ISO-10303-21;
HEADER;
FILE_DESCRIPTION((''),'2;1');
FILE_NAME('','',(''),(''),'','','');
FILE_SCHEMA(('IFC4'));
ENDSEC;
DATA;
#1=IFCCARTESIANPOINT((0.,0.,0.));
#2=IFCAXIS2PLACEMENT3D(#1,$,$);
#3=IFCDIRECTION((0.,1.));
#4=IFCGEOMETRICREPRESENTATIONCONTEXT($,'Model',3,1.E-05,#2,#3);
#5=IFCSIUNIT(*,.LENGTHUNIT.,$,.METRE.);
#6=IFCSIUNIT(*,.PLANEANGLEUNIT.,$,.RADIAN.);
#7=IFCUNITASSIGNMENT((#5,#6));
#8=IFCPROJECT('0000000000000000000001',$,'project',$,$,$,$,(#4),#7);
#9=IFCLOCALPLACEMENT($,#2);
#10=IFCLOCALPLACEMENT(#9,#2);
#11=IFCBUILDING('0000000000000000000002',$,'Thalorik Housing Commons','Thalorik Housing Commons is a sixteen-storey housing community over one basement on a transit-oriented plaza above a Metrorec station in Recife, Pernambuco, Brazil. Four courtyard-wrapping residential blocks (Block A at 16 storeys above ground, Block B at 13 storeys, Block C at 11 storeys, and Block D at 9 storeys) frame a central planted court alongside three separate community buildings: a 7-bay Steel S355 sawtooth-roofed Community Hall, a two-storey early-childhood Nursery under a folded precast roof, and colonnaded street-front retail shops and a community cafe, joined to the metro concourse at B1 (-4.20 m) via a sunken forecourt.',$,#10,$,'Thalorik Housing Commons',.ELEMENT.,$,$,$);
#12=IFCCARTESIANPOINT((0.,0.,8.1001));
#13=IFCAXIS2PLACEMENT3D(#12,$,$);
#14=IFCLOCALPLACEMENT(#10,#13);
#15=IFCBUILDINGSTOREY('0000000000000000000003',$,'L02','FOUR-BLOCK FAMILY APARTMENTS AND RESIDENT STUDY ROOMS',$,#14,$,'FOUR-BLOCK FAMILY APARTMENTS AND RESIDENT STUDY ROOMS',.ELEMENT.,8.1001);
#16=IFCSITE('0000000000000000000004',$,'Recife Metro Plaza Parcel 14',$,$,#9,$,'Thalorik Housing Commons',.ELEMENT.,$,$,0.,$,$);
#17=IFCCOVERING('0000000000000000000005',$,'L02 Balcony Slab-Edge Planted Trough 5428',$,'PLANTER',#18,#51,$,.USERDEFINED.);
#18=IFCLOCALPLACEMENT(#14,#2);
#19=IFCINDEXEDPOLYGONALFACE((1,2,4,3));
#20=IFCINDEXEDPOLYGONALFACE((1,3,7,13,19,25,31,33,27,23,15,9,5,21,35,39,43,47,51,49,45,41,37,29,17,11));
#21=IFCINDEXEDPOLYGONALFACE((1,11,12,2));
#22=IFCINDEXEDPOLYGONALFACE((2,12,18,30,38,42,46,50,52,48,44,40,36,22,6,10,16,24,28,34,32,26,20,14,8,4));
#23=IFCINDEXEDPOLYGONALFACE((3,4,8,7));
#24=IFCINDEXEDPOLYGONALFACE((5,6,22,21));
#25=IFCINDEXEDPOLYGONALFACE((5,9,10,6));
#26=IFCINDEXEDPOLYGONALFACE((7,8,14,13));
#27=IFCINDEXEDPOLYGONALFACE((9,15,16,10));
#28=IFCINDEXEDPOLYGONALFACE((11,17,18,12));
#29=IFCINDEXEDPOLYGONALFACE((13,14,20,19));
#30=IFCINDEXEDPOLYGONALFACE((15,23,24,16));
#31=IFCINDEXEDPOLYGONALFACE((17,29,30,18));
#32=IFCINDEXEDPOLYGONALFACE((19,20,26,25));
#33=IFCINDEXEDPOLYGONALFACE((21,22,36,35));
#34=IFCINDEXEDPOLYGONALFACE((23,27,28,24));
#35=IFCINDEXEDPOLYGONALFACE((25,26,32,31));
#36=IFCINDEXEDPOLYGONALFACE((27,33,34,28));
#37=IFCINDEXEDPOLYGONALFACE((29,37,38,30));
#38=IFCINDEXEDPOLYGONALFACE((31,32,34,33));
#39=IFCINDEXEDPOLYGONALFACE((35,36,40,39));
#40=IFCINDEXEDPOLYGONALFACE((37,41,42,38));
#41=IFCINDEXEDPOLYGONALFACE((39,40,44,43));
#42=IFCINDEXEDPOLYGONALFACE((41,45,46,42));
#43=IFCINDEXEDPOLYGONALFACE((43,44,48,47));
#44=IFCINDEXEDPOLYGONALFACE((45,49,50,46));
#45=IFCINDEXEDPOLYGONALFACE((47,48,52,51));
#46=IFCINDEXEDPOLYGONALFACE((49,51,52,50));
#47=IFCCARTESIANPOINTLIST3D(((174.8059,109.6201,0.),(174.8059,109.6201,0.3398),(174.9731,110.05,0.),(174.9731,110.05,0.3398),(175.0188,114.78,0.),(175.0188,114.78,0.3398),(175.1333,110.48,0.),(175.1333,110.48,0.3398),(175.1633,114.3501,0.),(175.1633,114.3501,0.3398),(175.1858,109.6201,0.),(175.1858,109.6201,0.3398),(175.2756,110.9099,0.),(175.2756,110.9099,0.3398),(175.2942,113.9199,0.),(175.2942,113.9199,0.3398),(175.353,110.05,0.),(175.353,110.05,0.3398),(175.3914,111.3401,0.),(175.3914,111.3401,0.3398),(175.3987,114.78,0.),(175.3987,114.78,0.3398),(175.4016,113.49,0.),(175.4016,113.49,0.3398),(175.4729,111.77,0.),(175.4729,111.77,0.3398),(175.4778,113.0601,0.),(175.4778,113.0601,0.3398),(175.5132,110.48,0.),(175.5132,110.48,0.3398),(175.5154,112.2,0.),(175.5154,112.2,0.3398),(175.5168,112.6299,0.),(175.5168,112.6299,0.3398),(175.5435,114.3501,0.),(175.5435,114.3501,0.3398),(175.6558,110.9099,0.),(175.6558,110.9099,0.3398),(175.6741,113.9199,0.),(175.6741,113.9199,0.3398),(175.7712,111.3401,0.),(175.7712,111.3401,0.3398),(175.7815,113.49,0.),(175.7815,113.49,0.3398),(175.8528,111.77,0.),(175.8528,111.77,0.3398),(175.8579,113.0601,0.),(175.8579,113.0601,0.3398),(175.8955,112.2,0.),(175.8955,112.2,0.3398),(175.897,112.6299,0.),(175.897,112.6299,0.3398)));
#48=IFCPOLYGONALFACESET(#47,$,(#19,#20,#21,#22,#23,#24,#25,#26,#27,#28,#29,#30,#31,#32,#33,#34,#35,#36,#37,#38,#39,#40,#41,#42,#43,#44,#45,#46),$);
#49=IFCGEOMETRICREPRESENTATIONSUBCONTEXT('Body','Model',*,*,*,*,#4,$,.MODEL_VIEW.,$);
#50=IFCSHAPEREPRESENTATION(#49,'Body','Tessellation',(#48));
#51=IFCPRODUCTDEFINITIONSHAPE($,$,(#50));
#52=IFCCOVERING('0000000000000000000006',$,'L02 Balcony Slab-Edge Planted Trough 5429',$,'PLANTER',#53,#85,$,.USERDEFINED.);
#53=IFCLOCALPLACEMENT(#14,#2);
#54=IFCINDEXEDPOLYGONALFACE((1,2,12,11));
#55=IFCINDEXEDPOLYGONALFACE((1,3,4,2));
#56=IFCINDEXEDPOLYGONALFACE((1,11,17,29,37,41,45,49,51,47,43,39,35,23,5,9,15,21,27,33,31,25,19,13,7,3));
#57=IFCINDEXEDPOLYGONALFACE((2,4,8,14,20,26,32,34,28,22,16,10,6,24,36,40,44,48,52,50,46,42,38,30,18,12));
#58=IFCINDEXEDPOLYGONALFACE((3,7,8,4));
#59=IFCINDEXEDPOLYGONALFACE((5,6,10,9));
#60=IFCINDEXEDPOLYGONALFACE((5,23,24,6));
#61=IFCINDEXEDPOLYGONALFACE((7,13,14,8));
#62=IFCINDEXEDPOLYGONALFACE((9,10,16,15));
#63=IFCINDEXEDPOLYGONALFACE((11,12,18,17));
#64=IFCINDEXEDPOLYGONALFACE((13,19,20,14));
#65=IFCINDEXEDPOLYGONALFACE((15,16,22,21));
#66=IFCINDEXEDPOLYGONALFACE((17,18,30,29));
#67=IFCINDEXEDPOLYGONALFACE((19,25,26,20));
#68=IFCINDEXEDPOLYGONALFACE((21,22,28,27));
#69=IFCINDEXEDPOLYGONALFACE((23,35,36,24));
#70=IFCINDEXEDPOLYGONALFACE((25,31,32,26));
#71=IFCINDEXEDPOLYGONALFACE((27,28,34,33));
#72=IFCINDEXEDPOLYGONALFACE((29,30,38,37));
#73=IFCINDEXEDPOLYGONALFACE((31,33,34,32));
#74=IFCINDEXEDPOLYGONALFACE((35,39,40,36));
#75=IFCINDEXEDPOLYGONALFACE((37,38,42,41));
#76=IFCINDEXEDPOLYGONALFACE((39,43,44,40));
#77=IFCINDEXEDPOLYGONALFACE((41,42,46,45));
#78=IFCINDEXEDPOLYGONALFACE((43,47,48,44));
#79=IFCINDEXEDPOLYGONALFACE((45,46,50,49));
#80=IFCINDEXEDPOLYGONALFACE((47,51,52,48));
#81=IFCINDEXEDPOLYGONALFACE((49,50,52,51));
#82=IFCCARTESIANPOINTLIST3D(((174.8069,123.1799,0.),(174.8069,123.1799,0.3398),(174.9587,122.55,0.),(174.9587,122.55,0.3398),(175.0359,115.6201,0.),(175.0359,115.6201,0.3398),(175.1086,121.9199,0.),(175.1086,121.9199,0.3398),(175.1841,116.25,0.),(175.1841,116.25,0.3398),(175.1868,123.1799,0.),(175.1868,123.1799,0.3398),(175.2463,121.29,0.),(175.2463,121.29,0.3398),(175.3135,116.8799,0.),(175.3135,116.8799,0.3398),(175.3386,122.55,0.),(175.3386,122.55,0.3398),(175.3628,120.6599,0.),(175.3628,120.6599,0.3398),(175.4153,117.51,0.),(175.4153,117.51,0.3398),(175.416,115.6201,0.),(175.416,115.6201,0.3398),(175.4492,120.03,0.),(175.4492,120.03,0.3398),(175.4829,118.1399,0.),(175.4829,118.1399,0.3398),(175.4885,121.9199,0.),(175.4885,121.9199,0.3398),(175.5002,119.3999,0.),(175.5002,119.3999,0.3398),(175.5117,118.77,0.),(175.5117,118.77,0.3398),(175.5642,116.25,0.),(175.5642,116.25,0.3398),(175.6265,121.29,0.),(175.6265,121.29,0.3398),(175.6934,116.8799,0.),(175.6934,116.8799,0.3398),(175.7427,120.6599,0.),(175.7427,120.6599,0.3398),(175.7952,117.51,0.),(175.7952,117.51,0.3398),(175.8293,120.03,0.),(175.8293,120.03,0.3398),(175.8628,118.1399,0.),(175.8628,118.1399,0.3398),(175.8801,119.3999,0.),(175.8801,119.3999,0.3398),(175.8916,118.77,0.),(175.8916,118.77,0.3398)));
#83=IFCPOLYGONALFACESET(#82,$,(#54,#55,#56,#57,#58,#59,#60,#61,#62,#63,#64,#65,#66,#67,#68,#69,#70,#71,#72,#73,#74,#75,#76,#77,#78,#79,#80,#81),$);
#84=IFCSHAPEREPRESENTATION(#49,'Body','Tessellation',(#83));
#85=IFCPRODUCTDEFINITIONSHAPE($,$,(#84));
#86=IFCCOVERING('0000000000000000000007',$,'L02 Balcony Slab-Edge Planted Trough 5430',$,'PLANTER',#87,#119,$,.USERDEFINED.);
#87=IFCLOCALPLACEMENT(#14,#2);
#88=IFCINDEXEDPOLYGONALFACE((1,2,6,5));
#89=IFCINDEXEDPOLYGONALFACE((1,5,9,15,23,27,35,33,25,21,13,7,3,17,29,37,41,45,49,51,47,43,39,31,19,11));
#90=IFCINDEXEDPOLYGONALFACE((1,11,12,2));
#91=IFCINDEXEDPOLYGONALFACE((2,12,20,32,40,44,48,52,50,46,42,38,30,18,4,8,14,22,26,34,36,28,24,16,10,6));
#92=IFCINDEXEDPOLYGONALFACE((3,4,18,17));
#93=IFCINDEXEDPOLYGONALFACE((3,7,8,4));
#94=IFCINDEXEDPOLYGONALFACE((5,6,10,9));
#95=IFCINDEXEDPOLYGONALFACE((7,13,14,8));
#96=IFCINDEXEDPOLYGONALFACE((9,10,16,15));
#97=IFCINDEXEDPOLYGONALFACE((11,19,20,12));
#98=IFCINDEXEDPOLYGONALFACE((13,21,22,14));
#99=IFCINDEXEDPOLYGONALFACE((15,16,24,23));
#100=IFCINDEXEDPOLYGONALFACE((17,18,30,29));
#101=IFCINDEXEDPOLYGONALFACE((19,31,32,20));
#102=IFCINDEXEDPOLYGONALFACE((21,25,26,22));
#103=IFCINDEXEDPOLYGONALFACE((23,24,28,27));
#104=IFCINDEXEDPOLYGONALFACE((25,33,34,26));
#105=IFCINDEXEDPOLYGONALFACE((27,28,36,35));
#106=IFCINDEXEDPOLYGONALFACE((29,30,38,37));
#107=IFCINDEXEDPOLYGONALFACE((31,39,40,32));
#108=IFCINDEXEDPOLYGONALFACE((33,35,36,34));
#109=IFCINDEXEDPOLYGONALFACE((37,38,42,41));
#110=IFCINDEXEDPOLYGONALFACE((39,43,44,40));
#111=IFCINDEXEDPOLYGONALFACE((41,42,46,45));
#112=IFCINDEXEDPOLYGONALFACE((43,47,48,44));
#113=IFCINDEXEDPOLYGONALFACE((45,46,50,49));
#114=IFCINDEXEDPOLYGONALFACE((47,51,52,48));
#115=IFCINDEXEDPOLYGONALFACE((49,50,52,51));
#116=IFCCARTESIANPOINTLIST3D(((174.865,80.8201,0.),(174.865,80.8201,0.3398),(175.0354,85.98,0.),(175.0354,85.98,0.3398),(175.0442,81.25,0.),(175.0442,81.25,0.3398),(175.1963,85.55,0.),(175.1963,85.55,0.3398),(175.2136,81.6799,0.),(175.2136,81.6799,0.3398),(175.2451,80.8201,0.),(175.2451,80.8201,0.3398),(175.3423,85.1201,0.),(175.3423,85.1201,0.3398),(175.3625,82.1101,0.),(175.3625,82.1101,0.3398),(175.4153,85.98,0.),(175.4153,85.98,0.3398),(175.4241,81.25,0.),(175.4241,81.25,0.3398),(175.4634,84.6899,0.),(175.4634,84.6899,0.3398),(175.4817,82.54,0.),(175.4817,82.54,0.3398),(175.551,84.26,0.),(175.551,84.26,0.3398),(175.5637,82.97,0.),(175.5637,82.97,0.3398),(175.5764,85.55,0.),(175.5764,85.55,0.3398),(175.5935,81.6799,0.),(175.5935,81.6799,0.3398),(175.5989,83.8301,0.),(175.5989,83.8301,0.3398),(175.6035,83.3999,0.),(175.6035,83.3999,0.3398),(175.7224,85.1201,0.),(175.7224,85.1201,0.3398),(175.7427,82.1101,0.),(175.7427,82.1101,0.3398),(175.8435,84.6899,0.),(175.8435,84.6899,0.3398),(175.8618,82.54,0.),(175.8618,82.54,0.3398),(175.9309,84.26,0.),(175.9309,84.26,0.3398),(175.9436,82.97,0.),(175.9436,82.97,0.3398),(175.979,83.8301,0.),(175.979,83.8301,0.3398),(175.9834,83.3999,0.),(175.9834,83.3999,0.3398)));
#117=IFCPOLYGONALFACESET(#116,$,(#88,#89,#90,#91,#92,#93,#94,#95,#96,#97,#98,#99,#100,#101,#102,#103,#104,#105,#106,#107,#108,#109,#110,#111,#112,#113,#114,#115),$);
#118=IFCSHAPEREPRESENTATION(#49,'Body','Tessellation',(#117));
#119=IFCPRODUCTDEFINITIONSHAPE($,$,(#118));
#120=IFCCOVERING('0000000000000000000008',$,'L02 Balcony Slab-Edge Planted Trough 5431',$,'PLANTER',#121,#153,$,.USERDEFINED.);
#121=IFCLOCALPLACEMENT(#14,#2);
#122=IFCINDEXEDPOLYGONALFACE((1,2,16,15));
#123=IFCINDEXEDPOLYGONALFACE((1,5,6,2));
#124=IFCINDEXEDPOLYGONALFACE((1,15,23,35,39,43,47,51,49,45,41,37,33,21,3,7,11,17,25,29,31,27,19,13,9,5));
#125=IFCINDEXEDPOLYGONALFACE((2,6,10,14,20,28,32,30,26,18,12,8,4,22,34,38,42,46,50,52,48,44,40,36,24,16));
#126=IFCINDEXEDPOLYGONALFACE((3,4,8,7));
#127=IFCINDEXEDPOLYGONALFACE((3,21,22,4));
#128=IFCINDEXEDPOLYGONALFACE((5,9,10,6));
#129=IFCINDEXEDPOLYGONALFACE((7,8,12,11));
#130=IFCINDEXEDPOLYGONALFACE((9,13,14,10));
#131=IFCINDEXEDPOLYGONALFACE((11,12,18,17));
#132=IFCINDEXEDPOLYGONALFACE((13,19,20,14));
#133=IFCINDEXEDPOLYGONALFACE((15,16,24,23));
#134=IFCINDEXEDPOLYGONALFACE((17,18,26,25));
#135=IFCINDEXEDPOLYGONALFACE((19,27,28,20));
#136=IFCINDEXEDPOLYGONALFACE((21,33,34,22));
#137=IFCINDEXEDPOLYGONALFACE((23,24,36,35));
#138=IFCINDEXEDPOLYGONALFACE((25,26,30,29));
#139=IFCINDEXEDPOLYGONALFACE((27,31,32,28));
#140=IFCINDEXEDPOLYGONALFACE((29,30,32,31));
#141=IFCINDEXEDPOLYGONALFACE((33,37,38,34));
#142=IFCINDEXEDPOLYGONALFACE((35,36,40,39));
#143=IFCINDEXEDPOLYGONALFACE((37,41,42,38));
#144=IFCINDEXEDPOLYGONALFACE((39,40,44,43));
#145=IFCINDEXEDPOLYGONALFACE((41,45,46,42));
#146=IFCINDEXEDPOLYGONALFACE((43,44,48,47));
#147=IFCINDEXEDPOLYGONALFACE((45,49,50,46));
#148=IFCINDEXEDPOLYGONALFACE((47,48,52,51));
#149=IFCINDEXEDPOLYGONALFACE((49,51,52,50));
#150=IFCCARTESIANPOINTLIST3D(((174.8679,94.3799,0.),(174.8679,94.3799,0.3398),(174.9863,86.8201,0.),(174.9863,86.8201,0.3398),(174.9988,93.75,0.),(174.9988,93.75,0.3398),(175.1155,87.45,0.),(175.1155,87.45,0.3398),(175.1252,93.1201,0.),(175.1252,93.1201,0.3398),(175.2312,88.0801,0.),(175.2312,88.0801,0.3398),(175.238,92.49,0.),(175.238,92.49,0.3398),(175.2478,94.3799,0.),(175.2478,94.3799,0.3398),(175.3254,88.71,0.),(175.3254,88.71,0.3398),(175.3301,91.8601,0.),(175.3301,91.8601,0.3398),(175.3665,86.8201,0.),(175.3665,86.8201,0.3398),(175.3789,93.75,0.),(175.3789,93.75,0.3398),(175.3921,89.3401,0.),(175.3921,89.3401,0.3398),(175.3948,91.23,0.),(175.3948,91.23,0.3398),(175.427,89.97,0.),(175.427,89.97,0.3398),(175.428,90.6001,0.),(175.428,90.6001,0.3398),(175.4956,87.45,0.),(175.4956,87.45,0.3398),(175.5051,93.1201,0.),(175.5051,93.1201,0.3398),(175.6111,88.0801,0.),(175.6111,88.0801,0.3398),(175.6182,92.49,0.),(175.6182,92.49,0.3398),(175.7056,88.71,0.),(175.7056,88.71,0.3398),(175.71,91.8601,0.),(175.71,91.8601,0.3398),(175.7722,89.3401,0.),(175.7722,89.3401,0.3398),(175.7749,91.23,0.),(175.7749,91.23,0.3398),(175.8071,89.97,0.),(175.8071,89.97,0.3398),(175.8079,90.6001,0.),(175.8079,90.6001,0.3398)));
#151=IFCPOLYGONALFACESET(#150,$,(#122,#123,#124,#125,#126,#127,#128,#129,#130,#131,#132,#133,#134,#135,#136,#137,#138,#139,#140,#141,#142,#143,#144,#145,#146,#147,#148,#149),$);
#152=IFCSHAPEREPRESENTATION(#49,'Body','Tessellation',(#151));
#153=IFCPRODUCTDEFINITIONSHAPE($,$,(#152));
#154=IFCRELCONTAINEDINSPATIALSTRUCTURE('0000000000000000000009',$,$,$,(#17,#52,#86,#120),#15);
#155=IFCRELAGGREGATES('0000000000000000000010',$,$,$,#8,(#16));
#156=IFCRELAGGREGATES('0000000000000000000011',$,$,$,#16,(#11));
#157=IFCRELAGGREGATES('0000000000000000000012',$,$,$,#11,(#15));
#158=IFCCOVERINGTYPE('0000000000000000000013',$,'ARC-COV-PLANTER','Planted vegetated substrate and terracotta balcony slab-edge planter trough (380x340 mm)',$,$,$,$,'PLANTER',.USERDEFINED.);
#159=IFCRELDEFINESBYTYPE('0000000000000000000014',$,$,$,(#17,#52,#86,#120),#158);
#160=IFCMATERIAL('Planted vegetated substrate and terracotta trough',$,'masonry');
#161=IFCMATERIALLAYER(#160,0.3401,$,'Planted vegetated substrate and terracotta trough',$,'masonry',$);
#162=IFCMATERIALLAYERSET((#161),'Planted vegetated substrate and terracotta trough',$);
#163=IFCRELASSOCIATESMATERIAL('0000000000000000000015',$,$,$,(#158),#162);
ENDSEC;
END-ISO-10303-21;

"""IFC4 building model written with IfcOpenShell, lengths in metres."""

from ifc_helpers import new_model, si_unit, direction, frame, origin, place, context, subcontext, project, spatial, polyline, outline, extrude, material, layer, layer_set, type_object, element, save


model = new_model("IFC4")

# Units and contexts
model_context = context("Model", 3, precision=1e-05, world=origin(), true_north=direction((0.0, 1.0)))
body_context = subcontext(model_context, "Body", "Model", "MODEL_VIEW")
ifc_project = project(units=[si_unit("LENGTHUNIT", "METRE"), si_unit("PLANEANGLEUNIT", "RADIAN")], contexts=[model_context])

# Site, building, storey
site_placement = place(None, origin())
site = spatial("IfcSite", under=ifc_project, at=site_placement, Name="Recife Metro Plaza Parcel 14", LongName="Thalorik Housing Commons", CompositionType="ELEMENT", RefElevation=0.0)
building_placement = place(site_placement, origin())
building = spatial("IfcBuilding", under=site, at=building_placement, Name="Thalorik Housing Commons", Description="Thalorik Housing Commons is a sixteen-storey housing community over one basement on a transit-oriented plaza above a Metrorec station in Recife, Pernambuco, Brazil. Four courtyard-wrapping residential blocks (Block A at 16 storeys above ground, Block B at 13 storeys, Block C at 11 storeys, and Block D at 9 storeys) frame a central planted court alongside three separate community buildings: a 7-bay Steel S355 sawtooth-roofed Community Hall, a two-storey early-childhood Nursery under a folded precast roof, and colonnaded street-front retail shops and a community cafe, joined to the metro concourse at B1 (-4.20 m) via a sunken forecourt.", LongName="Thalorik Housing Commons", CompositionType="ELEMENT")
storey_placement = place(building_placement, frame((0.0, 0.0, 8.1001)))
storey = spatial("IfcBuildingStorey", under=building, at=storey_placement, Name="L02", Description="FOUR-BLOCK FAMILY APARTMENTS AND RESIDENT STUDY ROOMS", LongName="FOUR-BLOCK FAMILY APARTMENTS AND RESIDENT STUDY ROOMS", CompositionType="ELEMENT", Elevation=8.1001)

# Coverings
ifc_material_1 = material(Name="Planted vegetated substrate and terracotta trough", Category="masonry")
ifc_layer_1 = layer(ifc_material_1, 0.3401, Name="Planted vegetated substrate and terracotta trough", Category="masonry")
ifc_layer_set_1 = layer_set([ifc_layer_1], Name="Planted vegetated substrate and terracotta trough")
covering_type_1 = type_object("IfcCoveringType", Name="ARC-COV-PLANTER", Description="Planted vegetated substrate and terracotta balcony slab-edge planter trough (380x340 mm)", ElementType="PLANTER", PredefinedType="USERDEFINED", material=ifc_layer_set_1)
covering_1_placement = place(storey_placement, origin())
element("IfcCovering", 1, at=covering_1_placement, inside=storey, type_object=covering_type_1, Name="L02 Balcony Slab-Edge Planted Trough 5428", ObjectType="PLANTER", PredefinedType="USERDEFINED", context=body_context, shape_type="SweptSolid", body=[
    extrude(outline(polyline([(175.1858, 109.6201), (175.353, 110.05), (175.5132, 110.48), (175.6558, 110.9099), (175.7712, 111.3401), (175.8528, 111.77), (175.8955, 112.2), (175.897, 112.6299), (175.8579, 113.0601), (175.7815, 113.49), (175.6741, 113.9199), (175.5435, 114.3501), (175.3987, 114.78), (175.0188, 114.78), (175.1633, 114.3501), (175.2942, 113.9199), (175.4016, 113.49), (175.4778, 113.0601), (175.5168, 112.6299), (175.5154, 112.2), (175.4729, 111.77), (175.3914, 111.3401), (175.2756, 110.9099), (175.1333, 110.48), (174.9731, 110.05), (174.8059, 109.6201), (175.1858, 109.6201)])), origin(), (0.0, 0.0, 1.0), 0.3398),
])
covering_2_placement = place(storey_placement, origin())
element("IfcCovering", 2, at=covering_2_placement, inside=storey, type_object=covering_type_1, Name="L02 Balcony Slab-Edge Planted Trough 5429", ObjectType="PLANTER", PredefinedType="USERDEFINED", context=body_context, shape_type="SweptSolid", body=[
    extrude(outline(polyline([(175.416, 115.6201), (175.5642, 116.25), (175.6934, 116.8799), (175.7952, 117.51), (175.8628, 118.1399), (175.8916, 118.77), (175.8801, 119.3999), (175.8293, 120.03), (175.7427, 120.6599), (175.6265, 121.29), (175.4885, 121.9199), (175.3386, 122.55), (175.1868, 123.1799), (174.8069, 123.1799), (174.9587, 122.55), (175.1086, 121.9199), (175.2463, 121.29), (175.3628, 120.6599), (175.4492, 120.03), (175.5002, 119.3999), (175.5117, 118.77), (175.4829, 118.1399), (175.4153, 117.51), (175.3135, 116.8799), (175.1841, 116.25), (175.0359, 115.6201), (175.416, 115.6201)])), origin(), (0.0, 0.0, 1.0), 0.3398),
])
covering_3_placement = place(storey_placement, origin())
element("IfcCovering", 3, at=covering_3_placement, inside=storey, type_object=covering_type_1, Name="L02 Balcony Slab-Edge Planted Trough 5430", ObjectType="PLANTER", PredefinedType="USERDEFINED", context=body_context, shape_type="SweptSolid", body=[
    extrude(outline(polyline([(175.2451, 80.8201), (175.4241, 81.25), (175.5935, 81.6799), (175.7427, 82.1101), (175.8618, 82.54), (175.9436, 82.97), (175.9834, 83.3999), (175.979, 83.8301), (175.9309, 84.26), (175.8435, 84.6899), (175.7224, 85.1201), (175.5764, 85.55), (175.4153, 85.98), (175.0354, 85.98), (175.1963, 85.55), (175.3423, 85.1201), (175.4634, 84.6899), (175.551, 84.26), (175.5989, 83.8301), (175.6035, 83.3999), (175.5637, 82.97), (175.4817, 82.54), (175.3625, 82.1101), (175.2136, 81.6799), (175.0442, 81.25), (174.865, 80.8201), (175.2451, 80.8201)])), origin(), (0.0, 0.0, 1.0), 0.3398),
])
covering_4_placement = place(storey_placement, origin())
element("IfcCovering", 4, at=covering_4_placement, inside=storey, type_object=covering_type_1, Name="L02 Balcony Slab-Edge Planted Trough 5431", ObjectType="PLANTER", PredefinedType="USERDEFINED", context=body_context, shape_type="SweptSolid", body=[
    extrude(outline(polyline([(175.3665, 86.8201), (175.4956, 87.45), (175.6111, 88.0801), (175.7056, 88.71), (175.7722, 89.3401), (175.8071, 89.97), (175.8079, 90.6001), (175.7749, 91.23), (175.71, 91.8601), (175.6182, 92.49), (175.5051, 93.1201), (175.3789, 93.75), (175.2478, 94.3799), (174.8679, 94.3799), (174.9988, 93.75), (175.1252, 93.1201), (175.238, 92.49), (175.3301, 91.8601), (175.3948, 91.23), (175.428, 90.6001), (175.427, 89.97), (175.3921, 89.3401), (175.3254, 88.71), (175.2312, 88.0801), (175.1155, 87.45), (174.9863, 86.8201), (175.3665, 86.8201)])), origin(), (0.0, 0.0, 1.0), 0.3398),
])

save(model, "model.ifc")
